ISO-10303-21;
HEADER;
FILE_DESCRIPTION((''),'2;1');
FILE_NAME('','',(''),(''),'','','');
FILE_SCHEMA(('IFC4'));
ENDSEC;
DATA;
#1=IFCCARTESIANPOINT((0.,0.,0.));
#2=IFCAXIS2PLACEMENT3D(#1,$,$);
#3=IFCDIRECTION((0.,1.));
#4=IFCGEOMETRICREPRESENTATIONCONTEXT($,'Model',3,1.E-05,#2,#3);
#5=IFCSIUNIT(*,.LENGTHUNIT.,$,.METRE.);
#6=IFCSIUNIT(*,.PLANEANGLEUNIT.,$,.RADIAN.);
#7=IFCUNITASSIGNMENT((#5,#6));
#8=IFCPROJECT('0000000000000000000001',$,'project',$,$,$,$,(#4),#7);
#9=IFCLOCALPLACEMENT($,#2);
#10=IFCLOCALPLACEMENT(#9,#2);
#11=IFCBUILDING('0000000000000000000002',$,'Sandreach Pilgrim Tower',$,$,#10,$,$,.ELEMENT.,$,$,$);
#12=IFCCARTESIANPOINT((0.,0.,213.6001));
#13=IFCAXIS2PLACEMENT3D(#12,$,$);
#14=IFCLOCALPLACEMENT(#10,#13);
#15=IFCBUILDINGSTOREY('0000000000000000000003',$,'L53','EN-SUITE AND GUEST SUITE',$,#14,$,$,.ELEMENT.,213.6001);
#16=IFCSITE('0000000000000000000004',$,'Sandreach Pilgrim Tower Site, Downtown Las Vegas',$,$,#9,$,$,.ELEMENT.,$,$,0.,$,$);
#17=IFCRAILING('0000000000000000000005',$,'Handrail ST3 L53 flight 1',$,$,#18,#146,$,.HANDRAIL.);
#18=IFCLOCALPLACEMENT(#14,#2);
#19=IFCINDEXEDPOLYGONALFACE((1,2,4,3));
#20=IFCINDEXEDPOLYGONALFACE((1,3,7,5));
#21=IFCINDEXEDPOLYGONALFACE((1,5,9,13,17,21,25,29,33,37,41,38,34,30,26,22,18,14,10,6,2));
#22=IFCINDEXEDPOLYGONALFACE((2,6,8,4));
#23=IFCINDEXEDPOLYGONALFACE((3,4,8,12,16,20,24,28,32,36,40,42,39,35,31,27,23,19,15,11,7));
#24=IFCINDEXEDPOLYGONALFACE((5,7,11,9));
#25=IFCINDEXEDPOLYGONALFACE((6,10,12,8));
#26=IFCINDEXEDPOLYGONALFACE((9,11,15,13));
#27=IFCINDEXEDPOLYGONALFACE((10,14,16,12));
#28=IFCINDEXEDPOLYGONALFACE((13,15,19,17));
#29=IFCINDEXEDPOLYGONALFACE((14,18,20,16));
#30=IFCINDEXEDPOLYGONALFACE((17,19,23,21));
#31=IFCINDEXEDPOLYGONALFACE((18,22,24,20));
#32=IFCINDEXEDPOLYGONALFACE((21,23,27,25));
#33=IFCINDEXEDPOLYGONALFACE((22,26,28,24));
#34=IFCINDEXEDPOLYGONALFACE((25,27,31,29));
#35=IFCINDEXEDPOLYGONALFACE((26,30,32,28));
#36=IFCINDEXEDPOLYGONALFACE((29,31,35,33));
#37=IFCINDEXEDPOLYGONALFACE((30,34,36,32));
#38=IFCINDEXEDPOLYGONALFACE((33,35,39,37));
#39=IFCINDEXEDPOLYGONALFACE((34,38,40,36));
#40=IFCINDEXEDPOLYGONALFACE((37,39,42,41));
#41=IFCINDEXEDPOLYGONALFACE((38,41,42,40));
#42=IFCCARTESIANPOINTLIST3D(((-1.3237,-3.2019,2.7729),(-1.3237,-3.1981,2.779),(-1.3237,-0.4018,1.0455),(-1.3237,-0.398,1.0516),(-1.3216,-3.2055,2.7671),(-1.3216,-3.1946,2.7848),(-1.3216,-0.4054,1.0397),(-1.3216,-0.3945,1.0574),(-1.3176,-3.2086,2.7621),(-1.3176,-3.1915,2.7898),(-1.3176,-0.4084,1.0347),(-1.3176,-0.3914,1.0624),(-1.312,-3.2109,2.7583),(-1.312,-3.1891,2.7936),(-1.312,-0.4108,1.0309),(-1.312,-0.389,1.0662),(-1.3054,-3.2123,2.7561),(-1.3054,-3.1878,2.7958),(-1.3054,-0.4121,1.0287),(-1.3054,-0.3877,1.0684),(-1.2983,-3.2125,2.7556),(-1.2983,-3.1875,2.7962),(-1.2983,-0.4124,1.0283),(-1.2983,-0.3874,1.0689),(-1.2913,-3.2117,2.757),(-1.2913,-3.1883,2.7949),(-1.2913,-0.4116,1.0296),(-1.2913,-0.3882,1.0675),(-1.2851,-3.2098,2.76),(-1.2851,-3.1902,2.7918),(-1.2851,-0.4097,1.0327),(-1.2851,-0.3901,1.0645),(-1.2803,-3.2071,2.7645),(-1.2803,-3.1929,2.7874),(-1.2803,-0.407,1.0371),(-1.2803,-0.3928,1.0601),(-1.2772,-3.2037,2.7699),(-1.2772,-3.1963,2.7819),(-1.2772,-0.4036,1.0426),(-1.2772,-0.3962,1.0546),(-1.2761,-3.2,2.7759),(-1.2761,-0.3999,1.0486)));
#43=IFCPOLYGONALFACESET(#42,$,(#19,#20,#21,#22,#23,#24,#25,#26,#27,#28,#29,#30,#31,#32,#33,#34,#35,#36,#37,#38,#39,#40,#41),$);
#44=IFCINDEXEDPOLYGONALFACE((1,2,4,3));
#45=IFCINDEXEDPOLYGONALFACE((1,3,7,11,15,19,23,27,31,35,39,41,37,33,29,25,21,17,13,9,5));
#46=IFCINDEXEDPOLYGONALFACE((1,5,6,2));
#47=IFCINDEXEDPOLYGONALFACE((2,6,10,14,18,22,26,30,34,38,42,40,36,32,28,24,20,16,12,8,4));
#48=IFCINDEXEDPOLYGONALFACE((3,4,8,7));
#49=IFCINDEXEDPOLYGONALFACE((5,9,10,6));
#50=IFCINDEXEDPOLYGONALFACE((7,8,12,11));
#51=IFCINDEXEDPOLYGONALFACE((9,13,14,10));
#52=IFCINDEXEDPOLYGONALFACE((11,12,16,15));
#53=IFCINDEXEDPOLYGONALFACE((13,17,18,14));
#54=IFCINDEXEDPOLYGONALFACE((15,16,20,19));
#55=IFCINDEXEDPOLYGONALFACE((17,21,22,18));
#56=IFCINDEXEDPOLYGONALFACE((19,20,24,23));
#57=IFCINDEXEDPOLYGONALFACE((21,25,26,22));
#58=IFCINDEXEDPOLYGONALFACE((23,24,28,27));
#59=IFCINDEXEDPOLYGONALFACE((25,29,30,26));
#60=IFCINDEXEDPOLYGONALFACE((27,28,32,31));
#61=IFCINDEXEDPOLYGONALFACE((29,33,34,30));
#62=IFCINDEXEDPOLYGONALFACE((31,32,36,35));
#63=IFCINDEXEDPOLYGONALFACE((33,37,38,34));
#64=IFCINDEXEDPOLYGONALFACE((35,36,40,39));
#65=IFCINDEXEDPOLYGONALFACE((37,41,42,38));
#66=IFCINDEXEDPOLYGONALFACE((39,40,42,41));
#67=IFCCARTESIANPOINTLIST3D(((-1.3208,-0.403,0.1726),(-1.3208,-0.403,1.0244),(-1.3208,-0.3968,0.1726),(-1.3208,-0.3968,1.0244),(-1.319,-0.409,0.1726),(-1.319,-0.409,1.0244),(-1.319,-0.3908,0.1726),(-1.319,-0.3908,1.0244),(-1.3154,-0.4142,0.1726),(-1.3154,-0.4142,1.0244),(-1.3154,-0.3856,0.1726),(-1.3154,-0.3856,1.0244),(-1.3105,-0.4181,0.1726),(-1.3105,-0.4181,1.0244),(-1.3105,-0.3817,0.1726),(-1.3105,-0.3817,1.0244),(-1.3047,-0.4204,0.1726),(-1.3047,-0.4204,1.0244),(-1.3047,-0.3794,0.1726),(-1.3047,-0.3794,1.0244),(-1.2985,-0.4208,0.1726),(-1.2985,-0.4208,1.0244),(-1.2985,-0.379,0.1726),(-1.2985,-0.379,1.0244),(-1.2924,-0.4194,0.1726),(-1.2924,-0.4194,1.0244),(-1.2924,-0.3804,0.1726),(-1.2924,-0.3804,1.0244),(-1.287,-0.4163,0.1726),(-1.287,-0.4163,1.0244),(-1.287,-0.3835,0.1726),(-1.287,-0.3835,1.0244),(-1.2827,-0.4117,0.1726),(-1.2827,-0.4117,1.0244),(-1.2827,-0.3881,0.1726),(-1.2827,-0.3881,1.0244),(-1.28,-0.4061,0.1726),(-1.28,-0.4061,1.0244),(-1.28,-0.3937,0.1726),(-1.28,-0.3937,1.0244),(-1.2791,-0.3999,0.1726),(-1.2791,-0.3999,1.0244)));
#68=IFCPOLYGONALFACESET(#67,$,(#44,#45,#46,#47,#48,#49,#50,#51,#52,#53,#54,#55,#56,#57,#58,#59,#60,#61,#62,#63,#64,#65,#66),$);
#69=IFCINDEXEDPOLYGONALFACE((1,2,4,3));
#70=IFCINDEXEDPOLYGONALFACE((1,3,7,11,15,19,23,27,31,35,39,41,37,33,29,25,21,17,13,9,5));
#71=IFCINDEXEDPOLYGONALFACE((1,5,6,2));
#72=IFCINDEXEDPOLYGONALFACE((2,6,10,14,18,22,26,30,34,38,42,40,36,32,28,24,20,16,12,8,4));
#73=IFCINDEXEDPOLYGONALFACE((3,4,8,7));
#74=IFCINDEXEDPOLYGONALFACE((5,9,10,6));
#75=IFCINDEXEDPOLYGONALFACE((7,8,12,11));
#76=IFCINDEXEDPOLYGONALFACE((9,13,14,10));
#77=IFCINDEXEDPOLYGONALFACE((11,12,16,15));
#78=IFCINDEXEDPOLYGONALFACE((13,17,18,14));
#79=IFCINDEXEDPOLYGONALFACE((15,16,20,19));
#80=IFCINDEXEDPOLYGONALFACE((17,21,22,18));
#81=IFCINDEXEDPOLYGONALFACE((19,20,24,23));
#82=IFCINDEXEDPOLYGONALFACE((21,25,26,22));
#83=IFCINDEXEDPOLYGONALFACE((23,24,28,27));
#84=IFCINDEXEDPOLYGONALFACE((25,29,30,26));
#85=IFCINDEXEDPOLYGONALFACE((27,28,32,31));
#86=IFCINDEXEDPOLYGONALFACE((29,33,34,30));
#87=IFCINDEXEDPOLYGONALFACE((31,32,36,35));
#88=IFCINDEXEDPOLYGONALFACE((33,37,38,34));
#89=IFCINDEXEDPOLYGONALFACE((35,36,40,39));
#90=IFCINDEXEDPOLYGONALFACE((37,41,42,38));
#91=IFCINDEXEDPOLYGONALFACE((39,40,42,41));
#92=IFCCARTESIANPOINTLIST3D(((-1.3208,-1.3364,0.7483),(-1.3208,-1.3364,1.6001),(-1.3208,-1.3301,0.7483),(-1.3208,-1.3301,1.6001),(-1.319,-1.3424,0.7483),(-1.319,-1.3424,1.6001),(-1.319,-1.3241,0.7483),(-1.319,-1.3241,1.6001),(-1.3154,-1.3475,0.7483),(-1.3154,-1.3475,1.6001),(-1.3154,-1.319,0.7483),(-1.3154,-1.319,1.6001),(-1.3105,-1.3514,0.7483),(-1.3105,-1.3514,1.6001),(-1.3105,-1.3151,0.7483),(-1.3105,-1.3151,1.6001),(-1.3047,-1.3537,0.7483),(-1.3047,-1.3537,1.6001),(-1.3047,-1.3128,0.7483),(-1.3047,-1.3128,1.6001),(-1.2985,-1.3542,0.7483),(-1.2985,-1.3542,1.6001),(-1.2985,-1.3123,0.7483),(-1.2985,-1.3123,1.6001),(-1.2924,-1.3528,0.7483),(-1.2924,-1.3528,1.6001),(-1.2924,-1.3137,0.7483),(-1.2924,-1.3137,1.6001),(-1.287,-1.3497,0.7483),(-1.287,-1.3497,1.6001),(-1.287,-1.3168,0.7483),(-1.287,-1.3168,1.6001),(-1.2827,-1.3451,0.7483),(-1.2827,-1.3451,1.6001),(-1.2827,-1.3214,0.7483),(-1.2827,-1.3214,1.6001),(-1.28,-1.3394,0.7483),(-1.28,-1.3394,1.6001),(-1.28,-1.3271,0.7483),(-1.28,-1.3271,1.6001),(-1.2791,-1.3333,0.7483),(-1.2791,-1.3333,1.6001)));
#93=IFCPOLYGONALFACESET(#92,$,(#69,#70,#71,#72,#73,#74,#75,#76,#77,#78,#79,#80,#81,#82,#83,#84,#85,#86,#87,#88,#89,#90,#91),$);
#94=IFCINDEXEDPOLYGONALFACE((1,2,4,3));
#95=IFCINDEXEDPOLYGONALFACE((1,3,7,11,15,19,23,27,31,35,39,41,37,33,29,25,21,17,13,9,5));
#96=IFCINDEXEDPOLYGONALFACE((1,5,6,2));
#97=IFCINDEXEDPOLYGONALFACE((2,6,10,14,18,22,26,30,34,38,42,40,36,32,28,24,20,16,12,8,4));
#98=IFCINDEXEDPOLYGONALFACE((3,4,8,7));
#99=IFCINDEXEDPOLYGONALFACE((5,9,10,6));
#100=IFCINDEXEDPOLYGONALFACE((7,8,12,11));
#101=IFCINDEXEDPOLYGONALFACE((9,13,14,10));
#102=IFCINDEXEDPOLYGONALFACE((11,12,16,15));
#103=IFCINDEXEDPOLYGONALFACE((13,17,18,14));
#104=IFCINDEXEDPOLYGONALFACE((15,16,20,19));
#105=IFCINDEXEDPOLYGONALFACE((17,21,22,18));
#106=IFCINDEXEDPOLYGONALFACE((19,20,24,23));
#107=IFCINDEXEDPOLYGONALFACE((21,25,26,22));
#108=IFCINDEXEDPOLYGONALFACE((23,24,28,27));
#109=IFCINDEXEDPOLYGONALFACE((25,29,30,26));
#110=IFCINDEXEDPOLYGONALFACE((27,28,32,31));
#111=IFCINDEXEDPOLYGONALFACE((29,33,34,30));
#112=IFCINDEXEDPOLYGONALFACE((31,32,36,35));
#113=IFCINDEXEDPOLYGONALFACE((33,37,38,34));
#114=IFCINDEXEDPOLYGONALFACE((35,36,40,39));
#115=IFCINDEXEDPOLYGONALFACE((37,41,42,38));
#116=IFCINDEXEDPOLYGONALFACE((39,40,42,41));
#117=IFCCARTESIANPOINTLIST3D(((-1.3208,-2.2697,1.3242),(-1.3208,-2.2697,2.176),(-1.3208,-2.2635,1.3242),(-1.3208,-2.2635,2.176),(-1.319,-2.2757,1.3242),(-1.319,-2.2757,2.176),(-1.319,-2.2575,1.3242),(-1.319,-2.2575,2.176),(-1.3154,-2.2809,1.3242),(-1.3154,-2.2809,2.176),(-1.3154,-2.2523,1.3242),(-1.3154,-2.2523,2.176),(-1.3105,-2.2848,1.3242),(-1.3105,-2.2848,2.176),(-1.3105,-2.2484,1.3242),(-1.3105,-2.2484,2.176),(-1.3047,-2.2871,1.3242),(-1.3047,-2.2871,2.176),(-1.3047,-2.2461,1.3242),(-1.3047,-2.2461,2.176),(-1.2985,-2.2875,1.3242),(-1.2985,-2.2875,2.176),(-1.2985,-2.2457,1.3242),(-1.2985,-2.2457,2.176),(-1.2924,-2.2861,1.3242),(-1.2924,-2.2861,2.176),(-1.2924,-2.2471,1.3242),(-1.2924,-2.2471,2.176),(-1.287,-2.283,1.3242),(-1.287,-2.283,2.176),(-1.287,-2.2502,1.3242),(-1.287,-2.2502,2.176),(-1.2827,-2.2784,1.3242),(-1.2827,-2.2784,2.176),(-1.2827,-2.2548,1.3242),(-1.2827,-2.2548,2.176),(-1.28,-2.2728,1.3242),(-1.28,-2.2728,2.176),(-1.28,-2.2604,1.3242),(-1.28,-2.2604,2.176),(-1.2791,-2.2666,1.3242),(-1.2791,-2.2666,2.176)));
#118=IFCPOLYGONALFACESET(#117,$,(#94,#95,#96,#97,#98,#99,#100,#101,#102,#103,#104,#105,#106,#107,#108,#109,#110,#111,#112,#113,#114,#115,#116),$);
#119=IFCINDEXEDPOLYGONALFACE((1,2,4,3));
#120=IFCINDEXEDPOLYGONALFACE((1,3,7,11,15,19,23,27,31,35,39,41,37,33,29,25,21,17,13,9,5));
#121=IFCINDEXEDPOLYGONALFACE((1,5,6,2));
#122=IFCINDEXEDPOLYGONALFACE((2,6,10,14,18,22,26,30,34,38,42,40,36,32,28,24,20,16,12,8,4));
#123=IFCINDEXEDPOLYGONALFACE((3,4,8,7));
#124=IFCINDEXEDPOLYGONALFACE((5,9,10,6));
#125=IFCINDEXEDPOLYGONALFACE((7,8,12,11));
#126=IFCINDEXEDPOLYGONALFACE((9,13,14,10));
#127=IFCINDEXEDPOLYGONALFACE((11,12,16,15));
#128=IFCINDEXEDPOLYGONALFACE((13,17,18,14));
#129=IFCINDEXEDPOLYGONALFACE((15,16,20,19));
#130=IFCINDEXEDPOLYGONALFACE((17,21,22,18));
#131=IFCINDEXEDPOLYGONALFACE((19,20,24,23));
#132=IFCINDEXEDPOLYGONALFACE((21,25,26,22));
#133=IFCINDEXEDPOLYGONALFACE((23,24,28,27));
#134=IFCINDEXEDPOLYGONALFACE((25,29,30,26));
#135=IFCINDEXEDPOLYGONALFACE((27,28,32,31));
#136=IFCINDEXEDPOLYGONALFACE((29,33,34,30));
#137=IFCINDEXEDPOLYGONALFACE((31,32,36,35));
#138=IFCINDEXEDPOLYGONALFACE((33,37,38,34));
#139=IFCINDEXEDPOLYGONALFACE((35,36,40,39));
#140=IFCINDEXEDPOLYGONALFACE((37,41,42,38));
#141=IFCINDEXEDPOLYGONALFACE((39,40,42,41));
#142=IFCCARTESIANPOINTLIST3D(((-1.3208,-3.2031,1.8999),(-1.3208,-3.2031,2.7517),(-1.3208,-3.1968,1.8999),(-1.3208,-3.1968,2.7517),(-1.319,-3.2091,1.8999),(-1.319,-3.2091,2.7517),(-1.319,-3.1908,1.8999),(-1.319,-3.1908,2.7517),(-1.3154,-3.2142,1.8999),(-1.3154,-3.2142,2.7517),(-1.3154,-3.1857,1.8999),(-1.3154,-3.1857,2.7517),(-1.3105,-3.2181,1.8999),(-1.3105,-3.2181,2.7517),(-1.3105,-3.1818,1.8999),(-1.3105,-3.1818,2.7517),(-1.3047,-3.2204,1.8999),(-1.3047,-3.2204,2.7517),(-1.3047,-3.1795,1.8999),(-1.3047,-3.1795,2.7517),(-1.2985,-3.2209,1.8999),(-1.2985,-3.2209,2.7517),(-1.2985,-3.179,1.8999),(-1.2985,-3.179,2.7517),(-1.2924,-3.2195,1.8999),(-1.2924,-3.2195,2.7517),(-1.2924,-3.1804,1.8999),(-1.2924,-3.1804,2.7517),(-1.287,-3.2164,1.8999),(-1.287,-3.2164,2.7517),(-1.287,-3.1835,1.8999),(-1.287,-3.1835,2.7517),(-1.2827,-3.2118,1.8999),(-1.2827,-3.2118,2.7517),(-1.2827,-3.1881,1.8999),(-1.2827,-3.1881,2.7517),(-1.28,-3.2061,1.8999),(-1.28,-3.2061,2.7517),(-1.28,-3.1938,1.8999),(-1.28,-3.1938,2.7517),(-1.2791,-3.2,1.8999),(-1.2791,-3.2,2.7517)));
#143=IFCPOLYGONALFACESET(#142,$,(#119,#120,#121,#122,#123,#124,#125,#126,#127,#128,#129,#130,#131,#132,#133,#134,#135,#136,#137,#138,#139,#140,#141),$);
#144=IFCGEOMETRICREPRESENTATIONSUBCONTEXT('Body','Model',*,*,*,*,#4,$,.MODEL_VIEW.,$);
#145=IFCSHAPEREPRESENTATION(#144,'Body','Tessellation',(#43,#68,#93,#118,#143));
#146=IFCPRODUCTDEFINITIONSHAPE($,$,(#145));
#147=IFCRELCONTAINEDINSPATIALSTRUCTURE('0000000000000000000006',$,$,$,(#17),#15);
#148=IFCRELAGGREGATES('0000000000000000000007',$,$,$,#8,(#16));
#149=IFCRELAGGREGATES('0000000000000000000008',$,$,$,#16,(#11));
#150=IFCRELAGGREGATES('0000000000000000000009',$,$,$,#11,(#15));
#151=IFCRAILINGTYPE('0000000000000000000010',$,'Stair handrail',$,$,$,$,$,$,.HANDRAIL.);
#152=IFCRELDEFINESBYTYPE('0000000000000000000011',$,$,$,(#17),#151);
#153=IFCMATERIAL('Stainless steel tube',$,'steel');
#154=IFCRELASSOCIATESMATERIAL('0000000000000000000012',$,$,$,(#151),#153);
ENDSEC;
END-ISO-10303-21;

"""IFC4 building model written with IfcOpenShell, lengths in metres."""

from ifc_helpers import new_model, si_unit, direction, frame, origin, origin_2d, place, context, subcontext, project, spatial, circle, extrude, material, type_object, element, save


model = new_model("IFC4")

# Units and contexts
model_context = context("Model", 3, precision=1e-05, world=origin(), true_north=direction((0.0, 1.0)))
body_context = subcontext(model_context, "Body", "Model", "MODEL_VIEW")
ifc_project = project(units=[si_unit("LENGTHUNIT", "METRE"), si_unit("PLANEANGLEUNIT", "RADIAN")], contexts=[model_context])

# Site, building, storey
site_placement = place(None, origin())
site = spatial("IfcSite", under=ifc_project, at=site_placement, Name="Sandreach Pilgrim Tower Site, Downtown Las Vegas", CompositionType="ELEMENT", RefElevation=0.0)
building_placement = place(site_placement, origin())
building = spatial("IfcBuilding", under=site, at=building_placement, Name="Sandreach Pilgrim Tower", CompositionType="ELEMENT")
storey_placement = place(building_placement, frame((0.0, 0.0, 213.6001)))
storey = spatial("IfcBuildingStorey", under=building, at=storey_placement, Name="L53", Description="EN-SUITE AND GUEST SUITE", CompositionType="ELEMENT", Elevation=213.6001)

# Railing
ifc_material_1 = material(Name="Stainless steel tube", Category="steel")
railing_type = type_object("IfcRailingType", Name="Stair handrail", PredefinedType="HANDRAIL", material=ifc_material_1)
for number, where, name in (
    (1, (-1.3, -0.3999, 0.1726), "Handrail ST3 L53 flight 1"),
):
    element("IfcRailing", number, at=place(storey_placement, frame(where)), inside=storey, type_object=railing_type, Name=name, PredefinedType="HANDRAIL", context=body_context, shape_type="SweptSolid", body=[
        extrude(circle(Radius=0.0239, at=origin_2d()), frame((0.0, 0.0, 0.876), z_axis=(0.0, -0.85109, 0.52502), x_axis=(1.0, 0.0, 0.0)), (0.0, 0.0, 1.0), 3.29),
        extrude(circle(Radius=0.021, at=origin_2d()), origin(), (0.0, 0.0, 1.0), 0.8518),
        extrude(circle(Radius=0.021, at=origin_2d()), frame((0.0, -0.9333, 0.5757)), (0.0, 0.0, 1.0), 0.8518),
        extrude(circle(Radius=0.021, at=origin_2d()), frame((0.0, -1.8667, 1.1516)), (0.0, 0.0, 1.0), 0.8518),
        extrude(circle(Radius=0.021, at=origin_2d()), frame((0.0, -2.8, 1.7273)), (0.0, 0.0, 1.0), 0.8518),
    ])

save(model, "model.ifc")
